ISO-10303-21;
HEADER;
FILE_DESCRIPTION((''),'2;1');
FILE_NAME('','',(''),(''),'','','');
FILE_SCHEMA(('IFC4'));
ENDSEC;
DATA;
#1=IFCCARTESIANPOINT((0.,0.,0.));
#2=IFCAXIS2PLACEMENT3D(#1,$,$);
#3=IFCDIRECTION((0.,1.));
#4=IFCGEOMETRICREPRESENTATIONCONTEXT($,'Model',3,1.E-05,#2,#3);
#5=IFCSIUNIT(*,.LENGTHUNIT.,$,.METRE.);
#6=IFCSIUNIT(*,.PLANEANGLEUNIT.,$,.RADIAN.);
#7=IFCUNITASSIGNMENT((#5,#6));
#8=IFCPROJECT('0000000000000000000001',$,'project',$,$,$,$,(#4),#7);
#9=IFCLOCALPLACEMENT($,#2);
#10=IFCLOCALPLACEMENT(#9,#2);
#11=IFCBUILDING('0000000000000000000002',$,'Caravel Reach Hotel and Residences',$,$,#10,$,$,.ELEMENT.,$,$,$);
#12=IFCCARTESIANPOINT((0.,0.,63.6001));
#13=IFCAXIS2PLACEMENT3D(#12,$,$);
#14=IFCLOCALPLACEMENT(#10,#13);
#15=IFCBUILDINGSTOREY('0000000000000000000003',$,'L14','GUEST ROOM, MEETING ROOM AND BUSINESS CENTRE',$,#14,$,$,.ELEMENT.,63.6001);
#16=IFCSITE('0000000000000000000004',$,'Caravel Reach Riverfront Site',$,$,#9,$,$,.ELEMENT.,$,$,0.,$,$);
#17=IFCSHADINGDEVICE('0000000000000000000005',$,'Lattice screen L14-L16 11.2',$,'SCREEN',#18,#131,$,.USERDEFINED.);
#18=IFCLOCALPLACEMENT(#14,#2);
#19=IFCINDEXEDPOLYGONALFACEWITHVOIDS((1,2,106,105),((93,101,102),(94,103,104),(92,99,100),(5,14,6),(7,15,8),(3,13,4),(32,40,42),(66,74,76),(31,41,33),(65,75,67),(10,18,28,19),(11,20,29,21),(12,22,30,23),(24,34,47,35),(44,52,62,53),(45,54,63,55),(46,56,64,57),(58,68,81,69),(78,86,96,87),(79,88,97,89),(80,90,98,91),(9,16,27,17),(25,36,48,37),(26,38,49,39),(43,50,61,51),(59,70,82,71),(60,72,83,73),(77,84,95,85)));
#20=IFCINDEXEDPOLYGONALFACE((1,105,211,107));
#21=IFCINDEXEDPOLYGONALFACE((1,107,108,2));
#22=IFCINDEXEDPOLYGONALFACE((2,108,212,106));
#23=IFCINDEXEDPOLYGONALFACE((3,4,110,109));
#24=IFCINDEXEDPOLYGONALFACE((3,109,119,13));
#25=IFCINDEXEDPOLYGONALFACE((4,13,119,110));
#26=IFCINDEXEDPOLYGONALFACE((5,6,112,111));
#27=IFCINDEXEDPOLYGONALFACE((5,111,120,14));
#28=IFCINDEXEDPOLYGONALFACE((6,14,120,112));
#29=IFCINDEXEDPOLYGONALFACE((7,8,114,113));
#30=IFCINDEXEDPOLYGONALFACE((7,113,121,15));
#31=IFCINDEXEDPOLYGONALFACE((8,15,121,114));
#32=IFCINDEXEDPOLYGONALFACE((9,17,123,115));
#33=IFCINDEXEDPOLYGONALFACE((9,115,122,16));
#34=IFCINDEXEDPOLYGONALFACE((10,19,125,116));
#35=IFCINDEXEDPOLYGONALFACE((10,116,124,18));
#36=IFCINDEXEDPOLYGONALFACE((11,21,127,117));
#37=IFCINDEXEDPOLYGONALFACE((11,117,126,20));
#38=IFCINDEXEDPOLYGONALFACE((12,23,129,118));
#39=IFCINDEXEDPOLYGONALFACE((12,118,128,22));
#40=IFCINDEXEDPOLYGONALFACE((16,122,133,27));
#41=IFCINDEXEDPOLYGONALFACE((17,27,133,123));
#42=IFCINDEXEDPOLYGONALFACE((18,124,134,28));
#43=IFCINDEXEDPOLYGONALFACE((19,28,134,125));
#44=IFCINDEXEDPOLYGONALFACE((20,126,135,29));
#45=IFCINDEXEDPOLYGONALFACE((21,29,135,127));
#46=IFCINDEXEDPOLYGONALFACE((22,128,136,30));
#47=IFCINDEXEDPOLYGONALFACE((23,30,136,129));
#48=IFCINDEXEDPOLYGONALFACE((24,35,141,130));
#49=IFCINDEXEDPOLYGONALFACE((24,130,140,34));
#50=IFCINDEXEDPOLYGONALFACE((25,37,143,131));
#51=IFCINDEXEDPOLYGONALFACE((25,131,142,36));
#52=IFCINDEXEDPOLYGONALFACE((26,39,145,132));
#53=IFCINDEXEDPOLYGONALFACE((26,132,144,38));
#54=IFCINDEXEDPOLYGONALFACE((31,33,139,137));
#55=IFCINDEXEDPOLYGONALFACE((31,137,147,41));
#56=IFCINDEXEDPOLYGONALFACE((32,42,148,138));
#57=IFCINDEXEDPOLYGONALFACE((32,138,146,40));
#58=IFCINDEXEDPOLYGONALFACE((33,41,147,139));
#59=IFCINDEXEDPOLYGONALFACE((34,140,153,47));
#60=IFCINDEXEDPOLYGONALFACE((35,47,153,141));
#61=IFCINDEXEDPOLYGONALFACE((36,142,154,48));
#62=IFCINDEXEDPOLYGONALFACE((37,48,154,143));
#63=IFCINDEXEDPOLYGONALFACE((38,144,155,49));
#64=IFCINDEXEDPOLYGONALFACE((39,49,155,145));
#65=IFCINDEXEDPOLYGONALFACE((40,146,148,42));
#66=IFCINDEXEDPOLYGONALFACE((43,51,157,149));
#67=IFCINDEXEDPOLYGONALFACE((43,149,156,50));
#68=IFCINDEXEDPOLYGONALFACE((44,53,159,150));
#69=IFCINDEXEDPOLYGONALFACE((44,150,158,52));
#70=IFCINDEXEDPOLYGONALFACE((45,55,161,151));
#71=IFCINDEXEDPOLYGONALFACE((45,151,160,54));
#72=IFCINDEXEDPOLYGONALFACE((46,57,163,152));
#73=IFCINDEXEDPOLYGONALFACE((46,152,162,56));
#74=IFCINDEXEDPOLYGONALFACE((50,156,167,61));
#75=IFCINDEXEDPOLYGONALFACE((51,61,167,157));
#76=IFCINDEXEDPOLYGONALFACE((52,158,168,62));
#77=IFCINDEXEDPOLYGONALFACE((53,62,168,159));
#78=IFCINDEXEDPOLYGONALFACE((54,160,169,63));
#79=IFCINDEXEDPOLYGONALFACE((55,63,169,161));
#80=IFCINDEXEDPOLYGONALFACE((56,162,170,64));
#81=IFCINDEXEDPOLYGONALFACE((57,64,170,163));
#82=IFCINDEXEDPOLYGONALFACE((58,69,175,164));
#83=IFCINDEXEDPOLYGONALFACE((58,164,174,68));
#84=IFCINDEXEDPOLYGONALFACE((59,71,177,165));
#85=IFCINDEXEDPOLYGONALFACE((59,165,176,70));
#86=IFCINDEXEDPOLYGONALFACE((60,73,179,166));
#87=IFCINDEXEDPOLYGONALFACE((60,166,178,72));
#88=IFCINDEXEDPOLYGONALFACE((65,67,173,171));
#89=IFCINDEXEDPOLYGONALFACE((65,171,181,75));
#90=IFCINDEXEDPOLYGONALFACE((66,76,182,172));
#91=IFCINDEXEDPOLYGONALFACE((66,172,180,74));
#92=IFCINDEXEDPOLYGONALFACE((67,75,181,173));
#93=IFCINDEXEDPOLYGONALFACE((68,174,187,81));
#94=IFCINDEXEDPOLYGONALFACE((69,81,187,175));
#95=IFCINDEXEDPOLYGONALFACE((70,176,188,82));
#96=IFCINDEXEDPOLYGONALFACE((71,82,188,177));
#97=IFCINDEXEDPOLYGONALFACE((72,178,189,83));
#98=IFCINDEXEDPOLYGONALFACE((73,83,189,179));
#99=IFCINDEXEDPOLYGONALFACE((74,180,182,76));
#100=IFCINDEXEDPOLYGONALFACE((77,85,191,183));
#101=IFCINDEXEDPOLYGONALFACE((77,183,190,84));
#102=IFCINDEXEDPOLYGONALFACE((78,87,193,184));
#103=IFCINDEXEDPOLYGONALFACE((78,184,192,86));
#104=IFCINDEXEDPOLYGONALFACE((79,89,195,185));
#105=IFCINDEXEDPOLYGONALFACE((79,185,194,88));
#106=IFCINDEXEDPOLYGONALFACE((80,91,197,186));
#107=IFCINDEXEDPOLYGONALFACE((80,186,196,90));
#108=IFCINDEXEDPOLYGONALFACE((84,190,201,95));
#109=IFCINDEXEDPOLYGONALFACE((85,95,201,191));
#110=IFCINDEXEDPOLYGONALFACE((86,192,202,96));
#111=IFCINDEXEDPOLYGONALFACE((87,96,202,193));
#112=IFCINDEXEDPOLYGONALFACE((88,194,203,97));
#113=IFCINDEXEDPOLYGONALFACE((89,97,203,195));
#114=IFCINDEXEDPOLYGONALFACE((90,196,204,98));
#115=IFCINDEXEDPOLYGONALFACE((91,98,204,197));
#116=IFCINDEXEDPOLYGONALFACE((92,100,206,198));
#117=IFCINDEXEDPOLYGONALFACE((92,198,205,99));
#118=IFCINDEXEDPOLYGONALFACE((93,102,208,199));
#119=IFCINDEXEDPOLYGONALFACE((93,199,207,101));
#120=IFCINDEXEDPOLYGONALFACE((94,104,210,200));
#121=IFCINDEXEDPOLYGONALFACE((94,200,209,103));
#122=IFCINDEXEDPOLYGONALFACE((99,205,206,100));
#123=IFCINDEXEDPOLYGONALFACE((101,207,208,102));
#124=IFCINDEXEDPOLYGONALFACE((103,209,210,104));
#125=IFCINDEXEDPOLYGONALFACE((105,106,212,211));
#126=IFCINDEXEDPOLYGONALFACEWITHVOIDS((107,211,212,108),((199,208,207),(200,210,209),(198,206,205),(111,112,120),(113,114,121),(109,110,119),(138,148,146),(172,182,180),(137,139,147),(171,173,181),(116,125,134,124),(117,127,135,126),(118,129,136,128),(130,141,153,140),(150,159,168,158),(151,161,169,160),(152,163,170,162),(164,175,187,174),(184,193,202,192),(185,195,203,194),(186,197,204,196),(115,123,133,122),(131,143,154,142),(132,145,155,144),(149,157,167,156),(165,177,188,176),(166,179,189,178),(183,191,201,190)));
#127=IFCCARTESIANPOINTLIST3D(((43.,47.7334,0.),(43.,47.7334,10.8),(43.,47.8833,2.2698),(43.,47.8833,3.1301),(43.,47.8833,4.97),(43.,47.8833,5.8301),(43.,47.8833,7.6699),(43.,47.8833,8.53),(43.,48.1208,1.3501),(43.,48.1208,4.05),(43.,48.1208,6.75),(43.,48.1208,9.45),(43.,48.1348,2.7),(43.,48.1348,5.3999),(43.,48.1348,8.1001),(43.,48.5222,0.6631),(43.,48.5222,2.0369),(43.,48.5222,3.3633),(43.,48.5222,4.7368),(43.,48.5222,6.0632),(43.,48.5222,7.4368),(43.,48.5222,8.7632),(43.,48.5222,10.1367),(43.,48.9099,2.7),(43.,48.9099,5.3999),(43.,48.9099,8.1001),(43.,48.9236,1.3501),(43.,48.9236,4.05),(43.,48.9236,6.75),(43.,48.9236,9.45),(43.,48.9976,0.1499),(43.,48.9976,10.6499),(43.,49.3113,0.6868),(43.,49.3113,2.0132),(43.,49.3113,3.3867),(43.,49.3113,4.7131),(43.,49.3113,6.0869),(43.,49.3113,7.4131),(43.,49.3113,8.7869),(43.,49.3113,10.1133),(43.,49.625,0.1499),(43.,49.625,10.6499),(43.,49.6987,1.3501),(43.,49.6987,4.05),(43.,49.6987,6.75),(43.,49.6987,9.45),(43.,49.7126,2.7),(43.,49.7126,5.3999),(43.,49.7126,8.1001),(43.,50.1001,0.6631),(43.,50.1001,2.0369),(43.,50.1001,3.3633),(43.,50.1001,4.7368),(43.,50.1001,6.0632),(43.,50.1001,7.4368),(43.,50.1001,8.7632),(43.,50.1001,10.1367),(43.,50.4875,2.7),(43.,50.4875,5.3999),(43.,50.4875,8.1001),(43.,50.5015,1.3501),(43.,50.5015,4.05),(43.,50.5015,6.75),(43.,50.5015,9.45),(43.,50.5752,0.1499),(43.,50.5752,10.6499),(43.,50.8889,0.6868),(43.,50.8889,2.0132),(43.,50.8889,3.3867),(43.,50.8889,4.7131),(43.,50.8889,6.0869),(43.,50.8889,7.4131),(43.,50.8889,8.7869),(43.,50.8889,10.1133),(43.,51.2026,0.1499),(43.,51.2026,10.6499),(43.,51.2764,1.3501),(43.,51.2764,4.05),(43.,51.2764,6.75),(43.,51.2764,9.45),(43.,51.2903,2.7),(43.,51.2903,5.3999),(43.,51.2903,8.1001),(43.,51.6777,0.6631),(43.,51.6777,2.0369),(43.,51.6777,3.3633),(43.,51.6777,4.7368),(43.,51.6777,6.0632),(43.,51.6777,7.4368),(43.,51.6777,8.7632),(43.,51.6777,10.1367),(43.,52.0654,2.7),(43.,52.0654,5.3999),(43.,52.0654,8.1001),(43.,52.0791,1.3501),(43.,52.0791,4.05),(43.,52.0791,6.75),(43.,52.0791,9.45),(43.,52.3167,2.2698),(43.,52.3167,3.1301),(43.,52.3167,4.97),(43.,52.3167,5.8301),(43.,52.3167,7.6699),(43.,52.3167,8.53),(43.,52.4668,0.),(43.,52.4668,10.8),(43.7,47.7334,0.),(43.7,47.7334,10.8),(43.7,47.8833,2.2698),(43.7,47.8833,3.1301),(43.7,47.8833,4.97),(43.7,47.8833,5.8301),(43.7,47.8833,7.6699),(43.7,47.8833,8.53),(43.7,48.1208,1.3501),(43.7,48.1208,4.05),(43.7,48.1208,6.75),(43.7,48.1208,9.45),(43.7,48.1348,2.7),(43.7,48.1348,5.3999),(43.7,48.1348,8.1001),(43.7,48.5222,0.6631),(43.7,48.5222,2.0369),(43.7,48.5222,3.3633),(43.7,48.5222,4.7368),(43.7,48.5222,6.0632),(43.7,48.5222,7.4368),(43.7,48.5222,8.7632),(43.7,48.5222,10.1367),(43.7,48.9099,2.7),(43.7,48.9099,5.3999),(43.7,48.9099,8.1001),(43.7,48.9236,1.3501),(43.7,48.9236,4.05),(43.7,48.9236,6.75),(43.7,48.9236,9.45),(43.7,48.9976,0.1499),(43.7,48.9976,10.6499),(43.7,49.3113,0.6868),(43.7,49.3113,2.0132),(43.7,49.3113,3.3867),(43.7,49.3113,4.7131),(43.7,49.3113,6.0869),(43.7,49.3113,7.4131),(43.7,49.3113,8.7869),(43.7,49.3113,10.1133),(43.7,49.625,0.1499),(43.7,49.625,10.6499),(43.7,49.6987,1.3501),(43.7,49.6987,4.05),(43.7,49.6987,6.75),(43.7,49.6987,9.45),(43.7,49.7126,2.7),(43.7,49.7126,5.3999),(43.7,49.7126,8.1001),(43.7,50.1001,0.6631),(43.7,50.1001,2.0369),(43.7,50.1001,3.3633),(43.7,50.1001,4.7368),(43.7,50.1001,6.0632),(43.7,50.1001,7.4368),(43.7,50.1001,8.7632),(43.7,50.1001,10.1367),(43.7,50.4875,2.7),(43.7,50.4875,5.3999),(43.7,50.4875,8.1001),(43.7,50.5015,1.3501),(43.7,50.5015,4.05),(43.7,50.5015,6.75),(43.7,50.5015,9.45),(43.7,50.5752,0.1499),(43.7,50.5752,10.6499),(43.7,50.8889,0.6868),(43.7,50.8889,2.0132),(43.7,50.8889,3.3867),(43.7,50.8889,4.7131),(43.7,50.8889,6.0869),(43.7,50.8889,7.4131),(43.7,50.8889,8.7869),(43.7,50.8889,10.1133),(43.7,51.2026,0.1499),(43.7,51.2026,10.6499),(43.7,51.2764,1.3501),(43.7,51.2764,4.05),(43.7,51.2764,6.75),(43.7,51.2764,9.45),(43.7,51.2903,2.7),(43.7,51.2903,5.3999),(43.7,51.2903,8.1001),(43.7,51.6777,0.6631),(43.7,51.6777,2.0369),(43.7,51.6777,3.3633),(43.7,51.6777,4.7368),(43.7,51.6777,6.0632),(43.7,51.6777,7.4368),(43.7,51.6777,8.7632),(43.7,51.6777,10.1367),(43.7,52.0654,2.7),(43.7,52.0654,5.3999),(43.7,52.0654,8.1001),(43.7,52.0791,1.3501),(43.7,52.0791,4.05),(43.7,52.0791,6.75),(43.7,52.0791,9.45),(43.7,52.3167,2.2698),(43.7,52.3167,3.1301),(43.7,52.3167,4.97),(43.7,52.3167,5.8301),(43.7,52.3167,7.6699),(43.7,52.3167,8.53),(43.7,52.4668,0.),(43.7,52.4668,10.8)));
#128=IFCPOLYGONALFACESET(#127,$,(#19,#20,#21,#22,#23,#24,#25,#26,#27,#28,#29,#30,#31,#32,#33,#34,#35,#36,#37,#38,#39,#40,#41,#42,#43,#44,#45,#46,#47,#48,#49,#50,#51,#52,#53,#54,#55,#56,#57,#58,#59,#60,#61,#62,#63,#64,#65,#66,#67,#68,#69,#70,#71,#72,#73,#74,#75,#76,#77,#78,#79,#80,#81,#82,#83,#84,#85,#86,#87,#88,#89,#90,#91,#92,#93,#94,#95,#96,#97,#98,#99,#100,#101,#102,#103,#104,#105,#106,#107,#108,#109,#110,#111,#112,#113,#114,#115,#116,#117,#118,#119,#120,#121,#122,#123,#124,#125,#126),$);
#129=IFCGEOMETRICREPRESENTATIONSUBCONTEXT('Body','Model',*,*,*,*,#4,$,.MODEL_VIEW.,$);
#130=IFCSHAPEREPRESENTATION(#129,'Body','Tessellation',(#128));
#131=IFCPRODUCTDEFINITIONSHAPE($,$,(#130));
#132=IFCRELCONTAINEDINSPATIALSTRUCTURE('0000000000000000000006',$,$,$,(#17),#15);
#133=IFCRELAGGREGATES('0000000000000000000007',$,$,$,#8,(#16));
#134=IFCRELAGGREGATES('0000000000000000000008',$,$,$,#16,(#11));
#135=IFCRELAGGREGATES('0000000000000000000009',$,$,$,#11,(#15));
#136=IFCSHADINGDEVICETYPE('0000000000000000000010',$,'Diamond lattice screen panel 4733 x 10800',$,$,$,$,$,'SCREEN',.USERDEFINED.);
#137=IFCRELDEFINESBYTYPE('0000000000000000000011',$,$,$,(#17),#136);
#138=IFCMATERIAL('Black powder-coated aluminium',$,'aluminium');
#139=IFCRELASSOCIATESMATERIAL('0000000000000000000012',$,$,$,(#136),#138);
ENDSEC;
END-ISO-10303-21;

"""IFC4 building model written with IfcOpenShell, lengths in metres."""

from ifc_helpers import new_model, si_unit, direction, frame, origin, place, context, subcontext, project, spatial, polyline, outline, extrude, material, type_object, element, save


model = new_model("IFC4")

# Units and contexts
model_context = context("Model", 3, precision=1e-05, world=origin(), true_north=direction((0.0, 1.0)))
body_context = subcontext(model_context, "Body", "Model", "MODEL_VIEW")
ifc_project = project(units=[si_unit("LENGTHUNIT", "METRE"), si_unit("PLANEANGLEUNIT", "RADIAN")], contexts=[model_context])

# Site, building, storey
site_placement = place(None, origin())
site = spatial("IfcSite", under=ifc_project, at=site_placement, Name="Caravel Reach Riverfront Site", CompositionType="ELEMENT", RefElevation=0.0)
building_placement = place(site_placement, origin())
building = spatial("IfcBuilding", under=site, at=building_placement, Name="Caravel Reach Hotel and Residences", CompositionType="ELEMENT")
storey_placement = place(building_placement, frame((0.0, 0.0, 63.6001)))
storey = spatial("IfcBuildingStorey", under=building, at=storey_placement, Name="L14", Description="GUEST ROOM, MEETING ROOM AND BUSINESS CENTRE", CompositionType="ELEMENT", Elevation=63.6001)

# Shading device
ifc_material_1 = material(Name="Black powder-coated aluminium", Category="aluminium")
shading_device_type_1 = type_object("IfcShadingDeviceType", Name="Diamond lattice screen panel 4733 x 10800", ElementType="SCREEN", PredefinedType="USERDEFINED", material=ifc_material_1)
shading_device_1_placement = place(storey_placement, frame((43.0, 47.7334, 0.0), z_axis=(1.0, 0.0, 0.0), x_axis=(0.0, 1.0, 0.0)))
element("IfcShadingDevice", 1, at=shading_device_1_placement, inside=storey, type_object=shading_device_type_1, Name="Lattice screen L14-L16 11.2", ObjectType="SCREEN", PredefinedType="USERDEFINED", context=body_context, shape_type="SweptSolid", body=[
    extrude(outline(polyline([(0.0, 0.0), (4.7334, 0.0), (4.7334, 10.8), (0.0, 10.8), (0.0, 0.0)]), holes=[polyline([(0.4014, 2.7), (0.1499, 3.1301), (0.1499, 2.2698), (0.4014, 2.7)]), polyline([(0.4014, 5.3999), (0.1499, 5.8301), (0.1499, 4.97), (0.4014, 5.3999)]), polyline([(0.4014, 8.1001), (0.1499, 8.53), (0.1499, 7.6699), (0.4014, 8.1001)]), polyline([(0.7888, 2.0369), (0.3875, 1.3501), (0.7888, 0.6631), (1.1902, 1.3501), (0.7888, 2.0369)]), polyline([(0.7888, 4.7368), (0.3875, 4.05), (0.7888, 3.3633), (1.1902, 4.05), (0.7888, 4.7368)]), polyline([(0.7888, 7.4368), (0.3875, 6.75), (0.7888, 6.0632), (1.1902, 6.75), (0.7888, 7.4368)]), polyline([(0.7888, 10.1367), (0.3875, 9.45), (0.7888, 8.7632), (1.1902, 9.45), (0.7888, 10.1367)]), polyline([(1.5779, 0.6868), (1.2642, 0.1499), (1.8916, 0.1499), (1.5779, 0.6868)]), polyline([(1.5779, 3.3867), (1.1765, 2.7), (1.5779, 2.0132), (1.9792, 2.7), (1.5779, 3.3867)]), polyline([(1.5779, 6.0869), (1.1765, 5.3999), (1.5779, 4.7131), (1.9792, 5.3999), (1.5779, 6.0869)]), polyline([(1.5779, 8.7869), (1.1765, 8.1001), (1.5779, 7.4131), (1.9792, 8.1001), (1.5779, 8.7869)]), polyline([(1.5779, 10.1133), (1.8916, 10.6499), (1.2642, 10.6499), (1.5779, 10.1133)]), polyline([(2.3667, 2.0369), (1.9653, 1.3501), (2.3667, 0.6631), (2.7681, 1.3501), (2.3667, 2.0369)]), polyline([(2.3667, 4.7368), (1.9653, 4.05), (2.3667, 3.3633), (2.7681, 4.05), (2.3667, 4.7368)]), polyline([(2.3667, 7.4368), (1.9653, 6.75), (2.3667, 6.0632), (2.7681, 6.75), (2.3667, 7.4368)]), polyline([(2.3667, 10.1367), (1.9653, 9.45), (2.3667, 8.7632), (2.7681, 9.45), (2.3667, 10.1367)]), polyline([(3.1555, 0.6868), (2.8418, 0.1499), (3.4692, 0.1499), (3.1555, 0.6868)]), polyline([(3.1555, 3.3867), (2.7542, 2.7), (3.1555, 2.0132), (3.5569, 2.7), (3.1555, 3.3867)]), polyline([(3.1555, 6.0869), (2.7542, 5.3999), (3.1555, 4.7131), (3.5569, 5.3999), (3.1555, 6.0869)]), polyline([(3.1555, 8.7869), (2.7542, 8.1001), (3.1555, 7.4131), (3.5569, 8.1001), (3.1555, 8.7869)]), polyline([(3.1555, 10.1133), (3.4692, 10.6499), (2.8418, 10.6499), (3.1555, 10.1133)]), polyline([(3.9443, 2.0369), (3.543, 1.3501), (3.9443, 0.6631), (4.3457, 1.3501), (3.9443, 2.0369)]), polyline([(3.9443, 4.7368), (3.543, 4.05), (3.9443, 3.3633), (4.3457, 4.05), (3.9443, 4.7368)]), polyline([(3.9443, 7.4368), (3.543, 6.75), (3.9443, 6.0632), (4.3457, 6.75), (3.9443, 7.4368)]), polyline([(3.9443, 10.1367), (3.543, 9.45), (3.9443, 8.7632), (4.3457, 9.45), (3.9443, 10.1367)]), polyline([(4.332, 2.7), (4.5833, 2.2698), (4.5833, 3.1301), (4.332, 2.7)]), polyline([(4.332, 5.3999), (4.5833, 4.97), (4.5833, 5.8301), (4.332, 5.3999)]), polyline([(4.332, 8.1001), (4.5833, 7.6699), (4.5833, 8.53), (4.332, 8.1001)])]), origin(), (0.0, 0.0, 1.0), 0.7),
])

save(model, "model.ifc")
